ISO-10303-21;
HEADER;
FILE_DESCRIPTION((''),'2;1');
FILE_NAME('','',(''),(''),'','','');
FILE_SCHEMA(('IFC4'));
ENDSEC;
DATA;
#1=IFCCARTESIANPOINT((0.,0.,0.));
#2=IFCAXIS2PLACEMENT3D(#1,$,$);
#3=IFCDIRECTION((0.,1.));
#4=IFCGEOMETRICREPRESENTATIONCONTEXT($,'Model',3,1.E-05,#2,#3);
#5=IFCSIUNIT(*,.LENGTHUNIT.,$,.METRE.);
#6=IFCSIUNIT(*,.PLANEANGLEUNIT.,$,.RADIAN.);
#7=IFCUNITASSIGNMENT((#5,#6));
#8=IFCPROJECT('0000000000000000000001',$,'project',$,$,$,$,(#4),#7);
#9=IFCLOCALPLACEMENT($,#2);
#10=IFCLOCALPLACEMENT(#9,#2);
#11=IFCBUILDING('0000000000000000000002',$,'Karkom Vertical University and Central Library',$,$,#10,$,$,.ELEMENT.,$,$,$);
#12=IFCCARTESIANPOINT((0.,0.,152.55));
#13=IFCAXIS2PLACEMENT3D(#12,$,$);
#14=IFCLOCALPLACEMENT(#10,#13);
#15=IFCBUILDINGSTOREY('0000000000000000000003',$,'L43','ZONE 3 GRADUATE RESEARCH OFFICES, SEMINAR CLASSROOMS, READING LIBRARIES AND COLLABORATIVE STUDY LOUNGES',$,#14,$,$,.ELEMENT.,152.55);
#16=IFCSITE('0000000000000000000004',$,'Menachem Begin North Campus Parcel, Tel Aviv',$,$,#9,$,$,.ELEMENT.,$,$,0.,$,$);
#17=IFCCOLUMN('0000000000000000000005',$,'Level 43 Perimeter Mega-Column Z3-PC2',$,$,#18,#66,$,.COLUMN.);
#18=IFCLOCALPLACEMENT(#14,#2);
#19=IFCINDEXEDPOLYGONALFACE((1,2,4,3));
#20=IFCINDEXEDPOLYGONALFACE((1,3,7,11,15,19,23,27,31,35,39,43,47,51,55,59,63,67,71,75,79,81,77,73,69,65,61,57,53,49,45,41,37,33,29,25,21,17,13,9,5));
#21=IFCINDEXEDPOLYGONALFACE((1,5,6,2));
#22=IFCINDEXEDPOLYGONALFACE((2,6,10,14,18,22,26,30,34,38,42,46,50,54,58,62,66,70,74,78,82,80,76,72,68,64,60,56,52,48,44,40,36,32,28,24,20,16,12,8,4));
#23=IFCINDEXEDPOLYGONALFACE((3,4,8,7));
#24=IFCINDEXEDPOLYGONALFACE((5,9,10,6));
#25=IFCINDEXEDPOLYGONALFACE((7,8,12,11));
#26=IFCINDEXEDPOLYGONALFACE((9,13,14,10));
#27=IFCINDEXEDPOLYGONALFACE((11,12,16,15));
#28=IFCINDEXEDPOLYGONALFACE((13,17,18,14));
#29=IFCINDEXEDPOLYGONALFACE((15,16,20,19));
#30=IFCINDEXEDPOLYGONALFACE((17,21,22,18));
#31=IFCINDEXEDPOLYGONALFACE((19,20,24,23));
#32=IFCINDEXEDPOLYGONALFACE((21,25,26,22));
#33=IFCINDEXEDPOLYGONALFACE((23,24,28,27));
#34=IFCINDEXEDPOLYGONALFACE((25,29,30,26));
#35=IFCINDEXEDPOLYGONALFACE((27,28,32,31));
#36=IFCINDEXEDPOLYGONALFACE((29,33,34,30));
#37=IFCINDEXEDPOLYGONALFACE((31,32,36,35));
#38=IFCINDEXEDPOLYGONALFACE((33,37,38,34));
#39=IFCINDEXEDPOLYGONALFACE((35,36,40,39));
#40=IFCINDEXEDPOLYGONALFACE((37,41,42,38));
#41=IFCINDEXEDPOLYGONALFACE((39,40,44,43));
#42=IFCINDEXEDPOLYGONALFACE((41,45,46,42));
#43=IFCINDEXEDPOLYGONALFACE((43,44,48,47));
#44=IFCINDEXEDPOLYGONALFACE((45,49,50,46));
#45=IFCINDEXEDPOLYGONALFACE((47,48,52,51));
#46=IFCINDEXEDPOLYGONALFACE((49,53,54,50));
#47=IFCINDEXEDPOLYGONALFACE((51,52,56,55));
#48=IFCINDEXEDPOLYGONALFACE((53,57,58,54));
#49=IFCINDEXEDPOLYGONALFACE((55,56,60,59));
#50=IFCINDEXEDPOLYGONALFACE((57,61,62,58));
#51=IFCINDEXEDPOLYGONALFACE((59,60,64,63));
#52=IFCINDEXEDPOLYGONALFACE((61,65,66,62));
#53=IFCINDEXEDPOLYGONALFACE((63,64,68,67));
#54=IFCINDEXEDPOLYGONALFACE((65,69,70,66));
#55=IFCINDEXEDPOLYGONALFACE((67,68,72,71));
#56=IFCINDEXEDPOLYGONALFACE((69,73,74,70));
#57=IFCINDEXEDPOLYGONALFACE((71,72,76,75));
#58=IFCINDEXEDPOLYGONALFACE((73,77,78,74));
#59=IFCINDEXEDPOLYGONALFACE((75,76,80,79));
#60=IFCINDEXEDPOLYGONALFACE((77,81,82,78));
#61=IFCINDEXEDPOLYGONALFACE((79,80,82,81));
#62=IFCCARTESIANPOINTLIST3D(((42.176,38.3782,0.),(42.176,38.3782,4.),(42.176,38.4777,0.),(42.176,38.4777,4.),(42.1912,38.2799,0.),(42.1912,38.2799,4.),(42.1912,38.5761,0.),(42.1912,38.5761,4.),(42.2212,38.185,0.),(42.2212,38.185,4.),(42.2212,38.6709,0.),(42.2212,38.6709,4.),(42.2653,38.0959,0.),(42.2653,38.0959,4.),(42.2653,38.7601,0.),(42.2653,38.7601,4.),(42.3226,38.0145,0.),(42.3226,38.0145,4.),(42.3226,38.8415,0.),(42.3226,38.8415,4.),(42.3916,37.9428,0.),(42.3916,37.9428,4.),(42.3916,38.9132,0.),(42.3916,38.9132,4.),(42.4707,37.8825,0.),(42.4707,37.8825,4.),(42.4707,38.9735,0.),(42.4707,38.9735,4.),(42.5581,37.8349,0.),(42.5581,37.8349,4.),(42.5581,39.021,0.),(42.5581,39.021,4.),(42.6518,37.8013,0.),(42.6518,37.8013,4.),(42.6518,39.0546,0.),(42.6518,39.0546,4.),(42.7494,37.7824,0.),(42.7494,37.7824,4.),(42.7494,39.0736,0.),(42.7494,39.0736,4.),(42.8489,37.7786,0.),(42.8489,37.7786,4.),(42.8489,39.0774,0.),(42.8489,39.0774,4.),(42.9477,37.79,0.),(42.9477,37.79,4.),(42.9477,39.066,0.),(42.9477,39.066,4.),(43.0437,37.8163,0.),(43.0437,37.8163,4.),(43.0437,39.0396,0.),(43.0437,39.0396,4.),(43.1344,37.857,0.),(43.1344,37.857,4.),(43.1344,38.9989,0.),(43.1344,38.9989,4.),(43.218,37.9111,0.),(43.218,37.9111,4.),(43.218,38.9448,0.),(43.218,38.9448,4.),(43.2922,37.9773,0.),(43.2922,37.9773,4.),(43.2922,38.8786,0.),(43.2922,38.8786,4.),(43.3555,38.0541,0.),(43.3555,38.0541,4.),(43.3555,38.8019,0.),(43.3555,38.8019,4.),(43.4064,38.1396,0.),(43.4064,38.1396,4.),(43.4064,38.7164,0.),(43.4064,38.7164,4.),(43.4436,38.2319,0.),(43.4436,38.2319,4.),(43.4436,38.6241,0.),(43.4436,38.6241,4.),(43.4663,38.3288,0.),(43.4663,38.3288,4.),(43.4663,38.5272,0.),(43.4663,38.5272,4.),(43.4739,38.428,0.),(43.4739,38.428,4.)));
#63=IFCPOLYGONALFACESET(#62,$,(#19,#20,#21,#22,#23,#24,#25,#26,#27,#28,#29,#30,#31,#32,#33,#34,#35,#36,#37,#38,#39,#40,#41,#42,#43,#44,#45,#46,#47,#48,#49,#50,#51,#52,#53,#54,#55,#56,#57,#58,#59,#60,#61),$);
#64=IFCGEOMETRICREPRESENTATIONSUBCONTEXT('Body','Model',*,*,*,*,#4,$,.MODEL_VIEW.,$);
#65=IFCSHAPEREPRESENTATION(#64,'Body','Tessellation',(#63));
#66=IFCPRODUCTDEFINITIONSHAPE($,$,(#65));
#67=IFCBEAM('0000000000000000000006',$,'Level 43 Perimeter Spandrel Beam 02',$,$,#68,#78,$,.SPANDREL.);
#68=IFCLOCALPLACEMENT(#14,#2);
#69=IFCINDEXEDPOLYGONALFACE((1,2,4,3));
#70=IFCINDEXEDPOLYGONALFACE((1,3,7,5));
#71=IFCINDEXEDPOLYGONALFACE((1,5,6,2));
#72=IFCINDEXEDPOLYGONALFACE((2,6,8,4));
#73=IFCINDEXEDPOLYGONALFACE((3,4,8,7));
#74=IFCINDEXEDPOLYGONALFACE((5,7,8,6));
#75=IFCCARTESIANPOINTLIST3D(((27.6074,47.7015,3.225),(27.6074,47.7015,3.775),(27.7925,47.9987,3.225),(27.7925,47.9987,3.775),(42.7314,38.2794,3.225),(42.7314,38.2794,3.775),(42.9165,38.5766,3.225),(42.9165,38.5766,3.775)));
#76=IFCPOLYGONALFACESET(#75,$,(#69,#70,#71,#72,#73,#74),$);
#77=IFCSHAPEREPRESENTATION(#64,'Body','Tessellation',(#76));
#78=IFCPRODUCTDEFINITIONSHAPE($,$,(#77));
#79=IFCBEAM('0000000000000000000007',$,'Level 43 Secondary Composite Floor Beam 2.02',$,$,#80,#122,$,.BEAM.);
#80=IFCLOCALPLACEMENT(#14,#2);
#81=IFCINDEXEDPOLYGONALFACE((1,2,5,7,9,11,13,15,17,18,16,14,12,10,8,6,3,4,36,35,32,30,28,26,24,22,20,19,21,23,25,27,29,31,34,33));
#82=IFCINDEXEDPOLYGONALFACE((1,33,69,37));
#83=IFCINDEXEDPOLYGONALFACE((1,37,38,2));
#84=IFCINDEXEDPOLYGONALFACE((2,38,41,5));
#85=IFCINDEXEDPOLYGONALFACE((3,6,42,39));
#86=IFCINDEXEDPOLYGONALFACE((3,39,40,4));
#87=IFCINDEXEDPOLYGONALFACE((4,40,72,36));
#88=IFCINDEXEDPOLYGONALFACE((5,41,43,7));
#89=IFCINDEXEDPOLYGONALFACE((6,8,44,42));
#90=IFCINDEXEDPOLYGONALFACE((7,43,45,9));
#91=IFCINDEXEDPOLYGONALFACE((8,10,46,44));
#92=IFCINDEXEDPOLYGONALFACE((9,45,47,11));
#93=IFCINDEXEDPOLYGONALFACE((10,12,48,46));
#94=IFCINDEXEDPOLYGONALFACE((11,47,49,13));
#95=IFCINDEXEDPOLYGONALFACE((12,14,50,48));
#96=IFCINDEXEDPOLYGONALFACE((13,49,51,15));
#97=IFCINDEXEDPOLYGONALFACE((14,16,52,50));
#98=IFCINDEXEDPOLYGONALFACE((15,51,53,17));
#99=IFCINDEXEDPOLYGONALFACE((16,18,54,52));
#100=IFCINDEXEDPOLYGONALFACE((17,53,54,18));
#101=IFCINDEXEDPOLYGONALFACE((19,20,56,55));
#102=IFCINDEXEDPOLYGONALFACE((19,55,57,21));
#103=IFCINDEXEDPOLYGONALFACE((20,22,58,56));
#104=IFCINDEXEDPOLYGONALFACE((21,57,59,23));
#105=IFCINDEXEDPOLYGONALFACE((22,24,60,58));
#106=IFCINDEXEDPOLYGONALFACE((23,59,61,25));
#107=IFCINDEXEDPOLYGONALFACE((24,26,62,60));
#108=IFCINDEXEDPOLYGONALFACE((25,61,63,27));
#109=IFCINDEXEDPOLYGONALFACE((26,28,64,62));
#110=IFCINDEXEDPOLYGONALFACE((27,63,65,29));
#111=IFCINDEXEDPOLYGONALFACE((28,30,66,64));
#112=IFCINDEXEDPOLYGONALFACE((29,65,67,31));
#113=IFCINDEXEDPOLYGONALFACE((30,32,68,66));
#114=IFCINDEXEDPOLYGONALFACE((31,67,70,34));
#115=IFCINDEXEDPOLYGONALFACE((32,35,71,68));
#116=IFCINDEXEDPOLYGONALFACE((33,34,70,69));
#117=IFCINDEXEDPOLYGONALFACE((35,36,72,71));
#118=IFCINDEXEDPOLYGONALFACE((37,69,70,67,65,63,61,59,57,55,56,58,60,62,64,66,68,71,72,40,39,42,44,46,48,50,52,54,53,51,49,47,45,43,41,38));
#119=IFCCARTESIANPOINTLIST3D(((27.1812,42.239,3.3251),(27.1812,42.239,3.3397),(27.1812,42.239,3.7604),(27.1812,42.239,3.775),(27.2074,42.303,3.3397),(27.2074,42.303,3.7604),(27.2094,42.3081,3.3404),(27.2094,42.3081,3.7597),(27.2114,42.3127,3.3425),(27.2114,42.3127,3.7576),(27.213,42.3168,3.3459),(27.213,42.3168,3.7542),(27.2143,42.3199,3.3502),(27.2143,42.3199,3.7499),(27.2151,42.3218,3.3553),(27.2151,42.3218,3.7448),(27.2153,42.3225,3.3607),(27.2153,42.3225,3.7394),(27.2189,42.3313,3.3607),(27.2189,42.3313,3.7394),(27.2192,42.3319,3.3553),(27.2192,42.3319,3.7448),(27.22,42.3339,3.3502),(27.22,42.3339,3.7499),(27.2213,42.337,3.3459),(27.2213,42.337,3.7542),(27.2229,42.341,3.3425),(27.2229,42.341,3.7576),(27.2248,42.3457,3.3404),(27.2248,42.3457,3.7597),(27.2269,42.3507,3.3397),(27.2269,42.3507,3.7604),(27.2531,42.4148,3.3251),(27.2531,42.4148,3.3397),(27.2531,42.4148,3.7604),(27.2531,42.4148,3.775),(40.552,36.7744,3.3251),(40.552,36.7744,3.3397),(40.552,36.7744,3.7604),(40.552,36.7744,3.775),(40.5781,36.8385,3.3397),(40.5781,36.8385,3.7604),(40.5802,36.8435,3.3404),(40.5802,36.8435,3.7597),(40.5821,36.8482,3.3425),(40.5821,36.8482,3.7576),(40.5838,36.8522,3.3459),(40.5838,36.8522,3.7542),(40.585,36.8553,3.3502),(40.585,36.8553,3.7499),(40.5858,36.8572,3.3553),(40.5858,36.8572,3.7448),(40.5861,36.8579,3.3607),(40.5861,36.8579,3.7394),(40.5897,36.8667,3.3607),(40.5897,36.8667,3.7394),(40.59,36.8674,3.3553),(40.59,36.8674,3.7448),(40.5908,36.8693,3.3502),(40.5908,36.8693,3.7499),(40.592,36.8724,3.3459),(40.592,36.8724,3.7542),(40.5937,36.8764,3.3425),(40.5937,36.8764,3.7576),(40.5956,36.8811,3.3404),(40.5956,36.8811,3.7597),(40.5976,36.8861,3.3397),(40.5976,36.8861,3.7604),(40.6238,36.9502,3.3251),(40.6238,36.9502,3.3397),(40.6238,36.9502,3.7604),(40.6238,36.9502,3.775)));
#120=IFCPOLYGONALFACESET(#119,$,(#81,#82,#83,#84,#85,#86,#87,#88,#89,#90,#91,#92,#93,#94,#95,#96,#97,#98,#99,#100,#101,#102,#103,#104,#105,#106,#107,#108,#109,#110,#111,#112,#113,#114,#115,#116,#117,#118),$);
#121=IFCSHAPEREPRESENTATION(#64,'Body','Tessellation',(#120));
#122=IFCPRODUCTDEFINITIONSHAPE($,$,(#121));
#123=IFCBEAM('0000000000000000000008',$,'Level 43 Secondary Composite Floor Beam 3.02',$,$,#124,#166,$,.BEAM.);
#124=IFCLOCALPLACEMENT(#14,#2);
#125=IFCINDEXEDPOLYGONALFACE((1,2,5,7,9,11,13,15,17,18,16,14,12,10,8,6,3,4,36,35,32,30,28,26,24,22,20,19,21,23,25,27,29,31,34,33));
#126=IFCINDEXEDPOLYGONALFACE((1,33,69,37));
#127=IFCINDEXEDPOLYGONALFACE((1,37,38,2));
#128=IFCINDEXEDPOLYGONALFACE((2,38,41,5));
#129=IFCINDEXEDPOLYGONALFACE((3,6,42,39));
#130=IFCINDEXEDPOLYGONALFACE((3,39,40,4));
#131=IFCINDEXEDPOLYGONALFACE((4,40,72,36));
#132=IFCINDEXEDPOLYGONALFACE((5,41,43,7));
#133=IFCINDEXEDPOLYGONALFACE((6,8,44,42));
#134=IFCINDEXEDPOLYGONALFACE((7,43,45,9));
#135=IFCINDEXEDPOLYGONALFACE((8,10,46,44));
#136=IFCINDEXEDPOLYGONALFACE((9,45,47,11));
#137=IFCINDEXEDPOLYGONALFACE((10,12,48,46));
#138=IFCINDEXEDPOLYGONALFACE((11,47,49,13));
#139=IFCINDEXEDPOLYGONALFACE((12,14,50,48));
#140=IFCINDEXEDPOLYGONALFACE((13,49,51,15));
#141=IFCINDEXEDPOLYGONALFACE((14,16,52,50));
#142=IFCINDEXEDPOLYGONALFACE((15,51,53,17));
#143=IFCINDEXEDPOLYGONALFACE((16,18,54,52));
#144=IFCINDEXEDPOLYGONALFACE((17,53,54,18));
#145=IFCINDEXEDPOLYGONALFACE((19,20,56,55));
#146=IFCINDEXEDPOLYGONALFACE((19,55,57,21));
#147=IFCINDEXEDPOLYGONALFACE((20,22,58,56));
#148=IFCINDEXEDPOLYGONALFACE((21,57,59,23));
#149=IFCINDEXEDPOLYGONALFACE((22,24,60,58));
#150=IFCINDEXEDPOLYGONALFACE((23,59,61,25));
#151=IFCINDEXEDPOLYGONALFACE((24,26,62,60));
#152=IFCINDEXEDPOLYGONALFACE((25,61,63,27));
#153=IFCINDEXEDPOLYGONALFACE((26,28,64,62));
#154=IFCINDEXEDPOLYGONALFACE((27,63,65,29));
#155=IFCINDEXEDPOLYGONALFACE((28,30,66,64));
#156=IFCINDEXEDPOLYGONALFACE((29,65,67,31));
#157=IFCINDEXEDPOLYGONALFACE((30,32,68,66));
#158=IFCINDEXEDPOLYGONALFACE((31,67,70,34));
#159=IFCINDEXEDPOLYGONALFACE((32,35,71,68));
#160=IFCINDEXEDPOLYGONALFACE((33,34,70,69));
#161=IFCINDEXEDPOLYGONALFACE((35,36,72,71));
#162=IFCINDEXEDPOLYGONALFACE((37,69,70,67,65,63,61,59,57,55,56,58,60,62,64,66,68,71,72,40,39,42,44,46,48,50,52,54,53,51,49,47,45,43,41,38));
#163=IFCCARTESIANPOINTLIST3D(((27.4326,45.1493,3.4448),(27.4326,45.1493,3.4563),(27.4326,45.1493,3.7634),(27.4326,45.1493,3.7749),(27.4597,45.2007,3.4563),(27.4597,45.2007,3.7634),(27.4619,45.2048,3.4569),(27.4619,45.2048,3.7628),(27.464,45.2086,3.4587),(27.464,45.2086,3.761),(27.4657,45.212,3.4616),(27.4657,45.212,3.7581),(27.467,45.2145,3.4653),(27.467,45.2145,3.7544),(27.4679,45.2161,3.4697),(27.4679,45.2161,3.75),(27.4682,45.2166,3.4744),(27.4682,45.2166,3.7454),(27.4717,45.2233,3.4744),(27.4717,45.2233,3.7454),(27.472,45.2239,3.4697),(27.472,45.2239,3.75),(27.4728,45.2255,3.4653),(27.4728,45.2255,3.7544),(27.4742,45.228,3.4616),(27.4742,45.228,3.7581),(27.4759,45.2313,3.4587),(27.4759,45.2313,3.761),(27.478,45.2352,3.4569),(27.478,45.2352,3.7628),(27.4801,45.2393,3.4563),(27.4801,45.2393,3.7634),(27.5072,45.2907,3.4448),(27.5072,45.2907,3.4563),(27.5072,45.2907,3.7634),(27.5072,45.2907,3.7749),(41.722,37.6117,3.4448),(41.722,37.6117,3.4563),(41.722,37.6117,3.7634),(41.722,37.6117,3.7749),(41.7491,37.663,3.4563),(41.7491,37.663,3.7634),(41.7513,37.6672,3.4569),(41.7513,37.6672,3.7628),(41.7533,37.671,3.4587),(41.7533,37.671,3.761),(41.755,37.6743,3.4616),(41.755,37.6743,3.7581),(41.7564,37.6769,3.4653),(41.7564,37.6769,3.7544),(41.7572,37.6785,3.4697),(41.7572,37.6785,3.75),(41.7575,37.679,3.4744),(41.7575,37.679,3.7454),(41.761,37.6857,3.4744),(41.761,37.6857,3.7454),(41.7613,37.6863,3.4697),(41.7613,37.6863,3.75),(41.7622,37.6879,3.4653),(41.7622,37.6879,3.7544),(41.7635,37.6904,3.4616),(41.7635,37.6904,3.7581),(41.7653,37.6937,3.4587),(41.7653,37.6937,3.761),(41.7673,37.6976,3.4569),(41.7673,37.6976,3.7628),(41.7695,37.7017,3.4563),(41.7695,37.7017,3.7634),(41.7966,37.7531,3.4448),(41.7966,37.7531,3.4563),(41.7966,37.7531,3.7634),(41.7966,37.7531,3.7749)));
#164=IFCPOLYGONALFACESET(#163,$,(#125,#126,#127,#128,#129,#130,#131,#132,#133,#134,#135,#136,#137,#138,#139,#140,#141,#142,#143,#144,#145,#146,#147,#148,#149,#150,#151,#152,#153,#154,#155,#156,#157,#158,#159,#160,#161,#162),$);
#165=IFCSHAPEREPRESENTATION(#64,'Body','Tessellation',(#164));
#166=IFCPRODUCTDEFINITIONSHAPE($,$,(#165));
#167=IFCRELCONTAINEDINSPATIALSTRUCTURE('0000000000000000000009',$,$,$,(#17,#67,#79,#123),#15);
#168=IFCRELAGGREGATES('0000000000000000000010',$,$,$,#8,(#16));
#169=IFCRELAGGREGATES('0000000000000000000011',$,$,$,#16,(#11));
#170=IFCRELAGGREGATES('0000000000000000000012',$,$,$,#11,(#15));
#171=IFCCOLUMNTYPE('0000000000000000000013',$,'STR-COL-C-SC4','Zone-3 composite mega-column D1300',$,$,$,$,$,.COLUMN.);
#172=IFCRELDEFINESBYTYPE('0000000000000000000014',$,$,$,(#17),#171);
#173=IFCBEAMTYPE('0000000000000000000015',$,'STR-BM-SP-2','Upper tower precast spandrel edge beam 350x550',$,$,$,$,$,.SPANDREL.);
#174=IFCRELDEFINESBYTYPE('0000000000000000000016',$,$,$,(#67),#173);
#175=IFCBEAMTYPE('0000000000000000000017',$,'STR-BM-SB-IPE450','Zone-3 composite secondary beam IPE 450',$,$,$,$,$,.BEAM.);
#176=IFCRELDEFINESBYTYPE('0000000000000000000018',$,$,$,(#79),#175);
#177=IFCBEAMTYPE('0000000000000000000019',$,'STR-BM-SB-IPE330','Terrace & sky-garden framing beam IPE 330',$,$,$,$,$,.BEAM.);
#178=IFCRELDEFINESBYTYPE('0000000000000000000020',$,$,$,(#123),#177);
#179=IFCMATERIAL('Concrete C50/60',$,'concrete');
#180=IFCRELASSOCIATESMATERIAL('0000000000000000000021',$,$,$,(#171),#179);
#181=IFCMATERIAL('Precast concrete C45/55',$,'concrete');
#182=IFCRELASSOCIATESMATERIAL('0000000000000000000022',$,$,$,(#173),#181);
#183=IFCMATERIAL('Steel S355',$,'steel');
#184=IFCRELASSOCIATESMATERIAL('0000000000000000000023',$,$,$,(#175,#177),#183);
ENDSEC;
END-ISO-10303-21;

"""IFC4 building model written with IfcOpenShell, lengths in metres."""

from ifc_helpers import new_model, si_unit, direction, frame, origin, origin_with_axes, origin_2d, place, context, subcontext, project, spatial, rectangle, circle, i_section, extrude, source, transform, mapped, material, material_profile, profile_set, type_object, element, save


model = new_model("IFC4")

# Units and contexts
model_context = context("Model", 3, precision=1e-05, world=origin(), true_north=direction((0.0, 1.0)))
body_context = subcontext(model_context, "Body", "Model", "MODEL_VIEW")
ifc_project = project(units=[si_unit("LENGTHUNIT", "METRE"), si_unit("PLANEANGLEUNIT", "RADIAN")], contexts=[model_context])

# Site, building, storey
site_placement = place(None, origin())
site = spatial("IfcSite", under=ifc_project, at=site_placement, Name="Menachem Begin North Campus Parcel, Tel Aviv", CompositionType="ELEMENT", RefElevation=0.0)
building_placement = place(site_placement, origin())
building = spatial("IfcBuilding", under=site, at=building_placement, Name="Karkom Vertical University and Central Library", CompositionType="ELEMENT")
storey_placement = place(building_placement, frame((0.0, 0.0, 152.55)))
storey = spatial("IfcBuildingStorey", under=building, at=storey_placement, Name="L43", Description="ZONE 3 GRADUATE RESEARCH OFFICES, SEMINAR CLASSROOMS, READING LIBRARIES AND COLLABORATIVE STUDY LOUNGES", CompositionType="ELEMENT", Elevation=152.55)

# Column
ifc_material_1 = material(Name="Concrete C50/60", Category="concrete")
ifc_material_profile_1 = material_profile(ifc_material_1, circle(Radius=0.6499, at=origin_2d()), Name="CFT-D1300")
ifc_profile_set_1 = profile_set([ifc_material_profile_1], Name="Concrete C50/60")
column_type = type_object("IfcColumnType", Name="STR-COL-C-SC4", Description="Zone-3 composite mega-column D1300", PredefinedType="COLUMN", material=ifc_profile_set_1)
shared_shape_1 = source(origin_with_axes(), body_context, "Body", "SweptSolid", [
    extrude(circle(Radius=0.6499, at=origin_2d()), origin(), (0.0, 0.0, 1.0), 4.0),
])
column_placement = place(storey_placement, frame((42.824, 38.428, 0.0), z_axis=(0.0, 0.0, 1.0), x_axis=(1.0, 0.0, 0.0)))
element("IfcColumn", 1, at=column_placement, inside=storey, type_object=column_type, Name="Level 43 Perimeter Mega-Column Z3-PC2", PredefinedType="COLUMN", context=body_context, shape_type="MappedRepresentation", body=[
    mapped(shared_shape_1, transform((0.0, 0.0, 0.0), scale=1.0)),
])

# Beams
ifc_material_2 = material(Name="Precast concrete C45/55", Category="concrete")
ifc_material_profile_2 = material_profile(ifc_material_2, rectangle(XDim=0.3501, YDim=0.55, at=origin_2d()), Name="SPB-350x550")
ifc_profile_set_2 = profile_set([ifc_material_profile_2], Name="Precast concrete C45/55")
beam_type_1 = type_object("IfcBeamType", Name="STR-BM-SP-2", Description="Upper tower precast spandrel edge beam 350x550", PredefinedType="SPANDREL", material=ifc_profile_set_2)
shared_shape_2 = source(origin_with_axes(), body_context, "Body", "SweptSolid", [
    extrude(rectangle(XDim=0.3501, YDim=0.55, at=origin_2d()), origin(), (0.0, 0.0, 1.0), 17.8188),
])
beam_1_placement = place(storey_placement, frame((42.824, 38.428, 3.5), z_axis=(-0.848764, 0.528772, 0.0), x_axis=(-0.528772, -0.848764, 0.0)))
element("IfcBeam", 2, at=beam_1_placement, inside=storey, type_object=beam_type_1, Name="Level 43 Perimeter Spandrel Beam 02", PredefinedType="SPANDREL", context=body_context, shape_type="MappedRepresentation", body=[
    mapped(shared_shape_2, transform((0.0, 0.0, 0.0), scale=1.0)),
])
ifc_material_3 = material(Name="Steel S355", Category="steel")
ifc_material_profile_3 = material_profile(ifc_material_3, i_section(OverallWidth=0.1899, OverallDepth=0.45, WebThickness=0.0095, FlangeThickness=0.0146, FilletRadius=0.021, at=origin_2d()), Name="IPE 450")
ifc_profile_set_3 = profile_set([ifc_material_profile_3], Name="Steel S355")
beam_type_2 = type_object("IfcBeamType", Name="STR-BM-SB-IPE450", Description="Zone-3 composite secondary beam IPE 450", PredefinedType="BEAM", material=ifc_profile_set_3)
shared_shape_3 = source(origin_with_axes(), body_context, "Body", "SweptSolid", [
    extrude(i_section(OverallWidth=0.1899, OverallDepth=0.45, WebThickness=0.0095, FlangeThickness=0.0146, FilletRadius=0.021, at=origin_2d()), origin(), (0.0, 0.0, 1.0), 14.4443),
])
beam_2_placement = place(storey_placement, frame((40.5879, 36.8623, 3.55), z_axis=(-0.925675, 0.378319, 0.0), x_axis=(-0.378319, -0.925675, 0.0)))
element("IfcBeam", 3, at=beam_2_placement, inside=storey, type_object=beam_type_2, Name="Level 43 Secondary Composite Floor Beam 2.02", PredefinedType="BEAM", context=body_context, shape_type="MappedRepresentation", body=[
    mapped(shared_shape_3, transform((0.0, 0.0, 0.0), scale=1.0)),
])
ifc_material_profile_4 = material_profile(ifc_material_3, i_section(OverallWidth=0.1599, OverallDepth=0.3301, WebThickness=0.0076, FlangeThickness=0.0115, FilletRadius=0.0181, at=origin_2d()), Name="IPE 330")
ifc_profile_set_4 = profile_set([ifc_material_profile_4], Name="Steel S355")
beam_type_3 = type_object("IfcBeamType", Name="STR-BM-SB-IPE330", Description="Terrace & sky-garden framing beam IPE 330", PredefinedType="BEAM", material=ifc_profile_set_4)
shared_shape_4 = source(origin_with_axes(), body_context, "Body", "SweptSolid", [
    extrude(i_section(OverallWidth=0.1599, OverallDepth=0.3301, WebThickness=0.0076, FlangeThickness=0.0115, FilletRadius=0.0181, at=origin_2d()), origin(), (0.0, 0.0, 1.0), 16.1555),
])
beam_3_placement = place(storey_placement, frame((41.7593, 37.6824, 3.6099), z_axis=(-0.884486, 0.466566, 0.0), x_axis=(-0.466566, -0.884486, 0.0)))
element("IfcBeam", 4, at=beam_3_placement, inside=storey, type_object=beam_type_3, Name="Level 43 Secondary Composite Floor Beam 3.02", PredefinedType="BEAM", context=body_context, shape_type="MappedRepresentation", body=[
    mapped(shared_shape_4, transform((0.0, 0.0, 0.0), scale=1.0)),
])

save(model, "model.ifc")
